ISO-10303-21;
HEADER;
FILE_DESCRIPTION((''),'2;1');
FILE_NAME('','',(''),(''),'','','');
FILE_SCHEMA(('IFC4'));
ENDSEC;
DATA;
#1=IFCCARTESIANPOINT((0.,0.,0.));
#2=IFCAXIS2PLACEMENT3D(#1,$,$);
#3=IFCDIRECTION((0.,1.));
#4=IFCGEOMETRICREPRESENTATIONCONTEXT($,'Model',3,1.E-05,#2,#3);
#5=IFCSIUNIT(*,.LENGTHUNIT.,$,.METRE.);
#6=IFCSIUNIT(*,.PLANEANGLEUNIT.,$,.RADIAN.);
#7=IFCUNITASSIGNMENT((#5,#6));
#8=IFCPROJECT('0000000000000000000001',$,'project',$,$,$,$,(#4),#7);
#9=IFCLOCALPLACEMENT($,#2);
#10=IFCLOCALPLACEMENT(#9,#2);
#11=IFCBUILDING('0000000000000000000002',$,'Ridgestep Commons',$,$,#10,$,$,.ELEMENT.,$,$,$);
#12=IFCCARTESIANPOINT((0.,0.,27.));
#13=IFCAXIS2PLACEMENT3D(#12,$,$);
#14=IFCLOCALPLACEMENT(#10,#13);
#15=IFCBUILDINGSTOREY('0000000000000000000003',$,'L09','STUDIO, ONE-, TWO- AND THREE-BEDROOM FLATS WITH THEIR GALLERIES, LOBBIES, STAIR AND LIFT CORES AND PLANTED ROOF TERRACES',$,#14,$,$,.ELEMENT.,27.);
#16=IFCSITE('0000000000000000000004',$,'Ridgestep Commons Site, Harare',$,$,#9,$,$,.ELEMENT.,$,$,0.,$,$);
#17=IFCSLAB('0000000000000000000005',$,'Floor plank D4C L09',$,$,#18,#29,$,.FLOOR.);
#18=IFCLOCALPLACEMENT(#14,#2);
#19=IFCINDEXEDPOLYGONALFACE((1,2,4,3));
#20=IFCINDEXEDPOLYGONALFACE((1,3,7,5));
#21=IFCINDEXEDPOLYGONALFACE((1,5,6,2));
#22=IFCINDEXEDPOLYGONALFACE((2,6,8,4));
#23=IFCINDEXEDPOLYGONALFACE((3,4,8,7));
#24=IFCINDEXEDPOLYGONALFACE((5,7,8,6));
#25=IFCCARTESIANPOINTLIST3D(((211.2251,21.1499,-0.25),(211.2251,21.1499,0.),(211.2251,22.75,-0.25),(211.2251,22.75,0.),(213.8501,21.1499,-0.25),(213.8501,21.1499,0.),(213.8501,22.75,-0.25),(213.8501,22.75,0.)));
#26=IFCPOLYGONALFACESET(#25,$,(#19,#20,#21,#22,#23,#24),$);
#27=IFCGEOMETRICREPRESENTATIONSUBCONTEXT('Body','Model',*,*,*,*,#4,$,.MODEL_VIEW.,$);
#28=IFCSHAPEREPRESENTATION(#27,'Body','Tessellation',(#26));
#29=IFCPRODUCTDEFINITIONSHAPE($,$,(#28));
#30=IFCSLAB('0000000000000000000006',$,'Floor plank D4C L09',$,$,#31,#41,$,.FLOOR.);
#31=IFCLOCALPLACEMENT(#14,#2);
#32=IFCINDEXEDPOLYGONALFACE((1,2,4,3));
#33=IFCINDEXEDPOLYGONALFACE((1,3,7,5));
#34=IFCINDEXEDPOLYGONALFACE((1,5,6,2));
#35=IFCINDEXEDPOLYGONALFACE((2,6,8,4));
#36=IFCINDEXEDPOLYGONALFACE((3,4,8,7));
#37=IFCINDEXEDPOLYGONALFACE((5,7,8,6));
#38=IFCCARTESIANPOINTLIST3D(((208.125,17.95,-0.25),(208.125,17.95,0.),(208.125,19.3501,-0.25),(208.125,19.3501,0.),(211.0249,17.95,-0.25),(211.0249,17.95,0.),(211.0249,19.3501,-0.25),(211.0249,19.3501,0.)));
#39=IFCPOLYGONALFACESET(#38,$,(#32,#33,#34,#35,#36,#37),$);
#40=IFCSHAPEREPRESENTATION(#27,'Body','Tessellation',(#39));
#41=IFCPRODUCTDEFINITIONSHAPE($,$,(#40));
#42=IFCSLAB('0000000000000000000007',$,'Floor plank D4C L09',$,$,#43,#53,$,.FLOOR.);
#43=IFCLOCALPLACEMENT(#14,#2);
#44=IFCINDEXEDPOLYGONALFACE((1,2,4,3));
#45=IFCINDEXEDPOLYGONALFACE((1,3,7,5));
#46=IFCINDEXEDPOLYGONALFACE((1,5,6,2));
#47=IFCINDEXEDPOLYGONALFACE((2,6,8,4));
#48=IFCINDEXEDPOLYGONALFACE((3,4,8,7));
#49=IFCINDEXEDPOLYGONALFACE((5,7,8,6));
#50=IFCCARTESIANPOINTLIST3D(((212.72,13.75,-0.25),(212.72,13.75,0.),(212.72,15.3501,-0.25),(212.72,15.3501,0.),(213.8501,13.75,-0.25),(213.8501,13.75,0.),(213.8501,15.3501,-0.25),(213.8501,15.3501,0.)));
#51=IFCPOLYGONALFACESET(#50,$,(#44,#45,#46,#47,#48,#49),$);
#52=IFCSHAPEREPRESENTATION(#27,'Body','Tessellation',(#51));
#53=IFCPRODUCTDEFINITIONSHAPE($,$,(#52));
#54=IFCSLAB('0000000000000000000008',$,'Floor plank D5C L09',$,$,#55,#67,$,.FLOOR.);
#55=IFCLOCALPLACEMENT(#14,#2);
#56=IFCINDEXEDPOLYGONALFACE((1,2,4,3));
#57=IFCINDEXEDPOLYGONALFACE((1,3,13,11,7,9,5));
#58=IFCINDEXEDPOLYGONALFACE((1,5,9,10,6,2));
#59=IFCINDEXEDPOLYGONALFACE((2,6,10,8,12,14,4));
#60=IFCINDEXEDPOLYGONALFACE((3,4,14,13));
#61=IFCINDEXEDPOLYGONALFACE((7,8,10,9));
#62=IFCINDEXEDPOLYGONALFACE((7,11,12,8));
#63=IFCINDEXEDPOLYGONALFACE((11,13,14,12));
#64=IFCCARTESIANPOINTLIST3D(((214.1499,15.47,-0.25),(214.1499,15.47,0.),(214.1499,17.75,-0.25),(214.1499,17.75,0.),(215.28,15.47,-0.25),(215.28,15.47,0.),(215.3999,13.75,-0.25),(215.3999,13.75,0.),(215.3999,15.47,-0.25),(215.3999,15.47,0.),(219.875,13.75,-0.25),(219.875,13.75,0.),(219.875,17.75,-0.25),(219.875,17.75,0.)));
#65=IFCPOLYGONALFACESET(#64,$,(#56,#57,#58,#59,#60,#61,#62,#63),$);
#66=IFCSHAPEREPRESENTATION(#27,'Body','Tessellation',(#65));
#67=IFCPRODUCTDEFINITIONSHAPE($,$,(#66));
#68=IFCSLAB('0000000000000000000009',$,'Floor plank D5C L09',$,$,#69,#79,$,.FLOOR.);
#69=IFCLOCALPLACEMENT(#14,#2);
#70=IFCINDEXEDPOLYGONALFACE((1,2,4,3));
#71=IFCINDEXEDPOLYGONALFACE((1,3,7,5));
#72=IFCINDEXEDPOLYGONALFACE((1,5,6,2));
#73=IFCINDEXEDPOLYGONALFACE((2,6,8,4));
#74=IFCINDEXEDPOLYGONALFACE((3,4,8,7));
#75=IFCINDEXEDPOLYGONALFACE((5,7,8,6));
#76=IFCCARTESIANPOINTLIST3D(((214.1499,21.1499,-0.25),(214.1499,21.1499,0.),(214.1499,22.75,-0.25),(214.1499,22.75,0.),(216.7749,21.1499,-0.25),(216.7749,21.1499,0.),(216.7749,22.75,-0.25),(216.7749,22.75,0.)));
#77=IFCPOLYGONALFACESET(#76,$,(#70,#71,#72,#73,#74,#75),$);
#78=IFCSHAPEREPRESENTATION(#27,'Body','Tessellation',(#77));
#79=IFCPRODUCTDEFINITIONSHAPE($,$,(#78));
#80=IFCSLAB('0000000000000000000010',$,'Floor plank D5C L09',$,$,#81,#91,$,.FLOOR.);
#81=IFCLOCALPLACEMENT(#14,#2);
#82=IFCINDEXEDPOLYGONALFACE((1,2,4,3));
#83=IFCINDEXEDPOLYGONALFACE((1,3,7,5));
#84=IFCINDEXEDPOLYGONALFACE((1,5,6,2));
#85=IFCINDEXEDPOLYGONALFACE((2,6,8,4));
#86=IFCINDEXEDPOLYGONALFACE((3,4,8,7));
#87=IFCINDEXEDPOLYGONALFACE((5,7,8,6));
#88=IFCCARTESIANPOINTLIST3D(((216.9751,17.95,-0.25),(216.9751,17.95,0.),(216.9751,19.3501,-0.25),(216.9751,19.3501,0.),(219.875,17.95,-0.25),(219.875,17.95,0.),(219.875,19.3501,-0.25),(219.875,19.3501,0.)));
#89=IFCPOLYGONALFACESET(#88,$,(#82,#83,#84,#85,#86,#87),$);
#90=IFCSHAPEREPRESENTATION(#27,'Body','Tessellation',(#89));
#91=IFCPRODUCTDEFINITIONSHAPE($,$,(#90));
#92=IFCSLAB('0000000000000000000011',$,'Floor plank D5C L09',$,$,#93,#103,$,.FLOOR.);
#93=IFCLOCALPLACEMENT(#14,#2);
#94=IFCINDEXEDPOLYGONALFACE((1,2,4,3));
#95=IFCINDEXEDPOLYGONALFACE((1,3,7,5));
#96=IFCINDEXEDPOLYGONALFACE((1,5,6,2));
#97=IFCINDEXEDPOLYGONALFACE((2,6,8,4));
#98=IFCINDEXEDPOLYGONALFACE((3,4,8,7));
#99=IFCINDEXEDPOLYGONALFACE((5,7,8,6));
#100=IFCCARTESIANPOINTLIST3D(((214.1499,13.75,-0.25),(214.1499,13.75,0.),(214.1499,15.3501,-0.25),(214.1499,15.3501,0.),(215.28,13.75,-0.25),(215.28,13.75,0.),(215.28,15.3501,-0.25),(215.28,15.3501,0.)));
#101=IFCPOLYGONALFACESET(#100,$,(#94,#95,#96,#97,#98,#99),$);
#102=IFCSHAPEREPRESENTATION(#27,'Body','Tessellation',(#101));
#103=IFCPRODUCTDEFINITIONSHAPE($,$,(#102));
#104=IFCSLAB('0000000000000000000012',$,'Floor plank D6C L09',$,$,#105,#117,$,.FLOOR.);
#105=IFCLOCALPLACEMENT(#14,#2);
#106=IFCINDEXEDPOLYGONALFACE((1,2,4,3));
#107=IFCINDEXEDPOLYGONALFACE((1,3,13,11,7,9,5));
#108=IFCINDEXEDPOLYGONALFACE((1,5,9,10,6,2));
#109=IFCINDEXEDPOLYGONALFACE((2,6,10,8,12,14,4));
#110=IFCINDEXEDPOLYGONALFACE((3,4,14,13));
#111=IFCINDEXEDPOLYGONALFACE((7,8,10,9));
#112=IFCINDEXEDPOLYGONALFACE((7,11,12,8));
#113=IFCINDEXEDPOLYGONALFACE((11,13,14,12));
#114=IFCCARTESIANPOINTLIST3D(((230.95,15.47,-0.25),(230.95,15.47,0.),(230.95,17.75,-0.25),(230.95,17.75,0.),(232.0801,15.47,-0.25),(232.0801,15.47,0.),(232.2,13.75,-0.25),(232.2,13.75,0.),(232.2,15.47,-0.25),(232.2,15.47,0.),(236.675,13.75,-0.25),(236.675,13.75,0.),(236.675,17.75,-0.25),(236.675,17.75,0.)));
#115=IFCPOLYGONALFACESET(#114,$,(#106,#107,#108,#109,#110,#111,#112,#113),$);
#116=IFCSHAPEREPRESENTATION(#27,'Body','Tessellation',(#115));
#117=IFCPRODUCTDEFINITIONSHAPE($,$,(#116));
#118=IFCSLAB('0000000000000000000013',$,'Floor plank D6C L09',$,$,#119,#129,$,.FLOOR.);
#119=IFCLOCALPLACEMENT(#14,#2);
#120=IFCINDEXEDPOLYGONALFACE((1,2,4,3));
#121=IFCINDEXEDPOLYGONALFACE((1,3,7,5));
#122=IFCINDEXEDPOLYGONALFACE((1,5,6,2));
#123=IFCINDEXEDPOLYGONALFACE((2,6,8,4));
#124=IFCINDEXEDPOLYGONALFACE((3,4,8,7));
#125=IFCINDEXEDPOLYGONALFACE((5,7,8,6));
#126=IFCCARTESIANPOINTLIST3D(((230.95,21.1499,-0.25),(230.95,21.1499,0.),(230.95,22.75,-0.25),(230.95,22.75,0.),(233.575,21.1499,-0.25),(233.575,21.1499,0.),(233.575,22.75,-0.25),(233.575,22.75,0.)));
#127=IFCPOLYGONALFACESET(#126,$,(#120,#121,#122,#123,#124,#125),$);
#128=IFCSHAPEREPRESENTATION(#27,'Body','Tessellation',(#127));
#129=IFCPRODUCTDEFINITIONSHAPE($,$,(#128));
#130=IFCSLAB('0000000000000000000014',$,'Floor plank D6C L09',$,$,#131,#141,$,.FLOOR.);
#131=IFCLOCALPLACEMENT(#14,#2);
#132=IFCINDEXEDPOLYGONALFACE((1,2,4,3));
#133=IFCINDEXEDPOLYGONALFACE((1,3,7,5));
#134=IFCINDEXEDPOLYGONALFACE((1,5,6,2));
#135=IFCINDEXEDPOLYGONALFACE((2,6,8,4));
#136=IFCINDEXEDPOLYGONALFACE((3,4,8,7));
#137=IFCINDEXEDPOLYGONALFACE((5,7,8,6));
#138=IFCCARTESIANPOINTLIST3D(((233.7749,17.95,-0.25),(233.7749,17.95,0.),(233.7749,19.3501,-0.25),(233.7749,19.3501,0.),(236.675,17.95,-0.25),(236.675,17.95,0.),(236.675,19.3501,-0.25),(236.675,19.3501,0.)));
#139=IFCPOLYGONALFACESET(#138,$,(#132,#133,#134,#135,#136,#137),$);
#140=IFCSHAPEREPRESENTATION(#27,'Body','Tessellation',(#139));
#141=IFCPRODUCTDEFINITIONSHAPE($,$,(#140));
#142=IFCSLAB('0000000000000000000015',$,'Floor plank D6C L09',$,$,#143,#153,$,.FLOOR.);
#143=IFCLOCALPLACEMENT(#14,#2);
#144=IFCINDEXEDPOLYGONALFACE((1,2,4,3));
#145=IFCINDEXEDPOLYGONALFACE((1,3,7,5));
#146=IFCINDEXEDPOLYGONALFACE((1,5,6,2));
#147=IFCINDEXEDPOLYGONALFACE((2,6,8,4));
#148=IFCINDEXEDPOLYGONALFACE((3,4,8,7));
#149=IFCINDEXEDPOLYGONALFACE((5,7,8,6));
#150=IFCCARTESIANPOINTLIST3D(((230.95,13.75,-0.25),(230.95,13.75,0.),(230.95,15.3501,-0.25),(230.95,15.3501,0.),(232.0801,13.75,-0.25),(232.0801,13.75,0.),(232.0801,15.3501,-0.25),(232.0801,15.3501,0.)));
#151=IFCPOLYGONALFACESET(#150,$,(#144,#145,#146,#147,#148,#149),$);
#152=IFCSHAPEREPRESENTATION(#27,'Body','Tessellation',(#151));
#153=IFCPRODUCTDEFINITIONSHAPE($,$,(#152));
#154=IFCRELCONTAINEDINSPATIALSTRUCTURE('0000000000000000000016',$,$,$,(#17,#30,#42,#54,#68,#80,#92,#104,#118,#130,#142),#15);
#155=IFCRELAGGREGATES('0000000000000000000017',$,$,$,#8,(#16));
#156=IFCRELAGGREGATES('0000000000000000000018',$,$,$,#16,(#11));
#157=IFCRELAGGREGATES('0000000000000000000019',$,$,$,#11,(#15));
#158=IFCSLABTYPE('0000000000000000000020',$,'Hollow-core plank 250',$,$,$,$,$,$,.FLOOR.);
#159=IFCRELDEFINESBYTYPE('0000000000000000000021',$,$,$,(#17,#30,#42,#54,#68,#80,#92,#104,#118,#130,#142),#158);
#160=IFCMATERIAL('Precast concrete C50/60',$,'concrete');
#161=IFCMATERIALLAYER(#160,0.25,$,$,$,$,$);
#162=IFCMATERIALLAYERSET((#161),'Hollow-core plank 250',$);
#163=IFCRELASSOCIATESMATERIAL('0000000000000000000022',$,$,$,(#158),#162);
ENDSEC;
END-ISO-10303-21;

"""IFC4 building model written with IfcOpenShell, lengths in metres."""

from ifc_helpers import new_model, si_unit, direction, frame, origin, place, context, subcontext, project, spatial, polyline, outline, extrude, material, layer, layer_set, type_object, element, save


model = new_model("IFC4")

# Units and contexts
model_context = context("Model", 3, precision=1e-05, world=origin(), true_north=direction((0.0, 1.0)))
body_context = subcontext(model_context, "Body", "Model", "MODEL_VIEW")
ifc_project = project(units=[si_unit("LENGTHUNIT", "METRE"), si_unit("PLANEANGLEUNIT", "RADIAN")], contexts=[model_context])

# Site, building, storey
site_placement = place(None, origin())
site = spatial("IfcSite", under=ifc_project, at=site_placement, Name="Ridgestep Commons Site, Harare", CompositionType="ELEMENT", RefElevation=0.0)
building_placement = place(site_placement, origin())
building = spatial("IfcBuilding", under=site, at=building_placement, Name="Ridgestep Commons", CompositionType="ELEMENT")
storey_placement = place(building_placement, frame((0.0, 0.0, 27.0)))
storey = spatial("IfcBuildingStorey", under=building, at=storey_placement, Name="L09", Description="STUDIO, ONE-, TWO- AND THREE-BEDROOM FLATS WITH THEIR GALLERIES, LOBBIES, STAIR AND LIFT CORES AND PLANTED ROOF TERRACES", CompositionType="ELEMENT", Elevation=27.0)

# Slabs
ifc_material_1 = material(Name="Precast concrete C50/60", Category="concrete")
ifc_layer_1 = layer(ifc_material_1, 0.25)
ifc_layer_set_1 = layer_set([ifc_layer_1], Name="Hollow-core plank 250")
slab_type_1 = type_object("IfcSlabType", Name="Hollow-core plank 250", PredefinedType="FLOOR", material=ifc_layer_set_1)
slab_1_placement = place(storey_placement, frame((0.0, 0.0, -0.25)))
element("IfcSlab", 1, at=slab_1_placement, inside=storey, type_object=slab_type_1, Name="Floor plank D4C L09", PredefinedType="FLOOR", context=body_context, shape_type="SweptSolid", body=[
    extrude(outline(polyline([(213.8501, 21.1499), (213.8501, 22.75), (211.2251, 22.75), (211.2251, 21.1499), (213.8501, 21.1499)])), origin(), (0.0, 0.0, 1.0), 0.25),
])
slab_2_placement = place(storey_placement, frame((0.0, 0.0, -0.25)))
element("IfcSlab", 2, at=slab_2_placement, inside=storey, type_object=slab_type_1, Name="Floor plank D4C L09", PredefinedType="FLOOR", context=body_context, shape_type="SweptSolid", body=[
    extrude(outline(polyline([(211.0249, 17.95), (211.0249, 19.3501), (208.125, 19.3501), (208.125, 17.95), (211.0249, 17.95)])), origin(), (0.0, 0.0, 1.0), 0.25),
])
slab_3_placement = place(storey_placement, frame((0.0, 0.0, -0.25)))
element("IfcSlab", 3, at=slab_3_placement, inside=storey, type_object=slab_type_1, Name="Floor plank D4C L09", PredefinedType="FLOOR", context=body_context, shape_type="SweptSolid", body=[
    extrude(outline(polyline([(212.72, 13.75), (213.8501, 13.75), (213.8501, 15.3501), (212.72, 15.3501), (212.72, 13.75)])), origin(), (0.0, 0.0, 1.0), 0.25),
])
slab_4_placement = place(storey_placement, frame((0.0, 0.0, -0.25)))
element("IfcSlab", 4, at=slab_4_placement, inside=storey, type_object=slab_type_1, Name="Floor plank D5C L09", PredefinedType="FLOOR", context=body_context, shape_type="SweptSolid", body=[
    extrude(outline(polyline([(215.3999, 13.75), (219.875, 13.75), (219.875, 17.75), (214.1499, 17.75), (214.1499, 15.47), (215.28, 15.47), (215.3999, 15.47), (215.3999, 13.75)])), origin(), (0.0, 0.0, 1.0), 0.25),
])
slab_5_placement = place(storey_placement, frame((0.0, 0.0, -0.25)))
element("IfcSlab", 5, at=slab_5_placement, inside=storey, type_object=slab_type_1, Name="Floor plank D5C L09", PredefinedType="FLOOR", context=body_context, shape_type="SweptSolid", body=[
    extrude(outline(polyline([(216.7749, 22.75), (214.1499, 22.75), (214.1499, 21.1499), (216.7749, 21.1499), (216.7749, 22.75)])), origin(), (0.0, 0.0, 1.0), 0.25),
])
slab_6_placement = place(storey_placement, frame((0.0, 0.0, -0.25)))
element("IfcSlab", 6, at=slab_6_placement, inside=storey, type_object=slab_type_1, Name="Floor plank D5C L09", PredefinedType="FLOOR", context=body_context, shape_type="SweptSolid", body=[
    extrude(outline(polyline([(219.875, 17.95), (219.875, 19.3501), (216.9751, 19.3501), (216.9751, 17.95), (219.875, 17.95)])), origin(), (0.0, 0.0, 1.0), 0.25),
])
slab_7_placement = place(storey_placement, frame((0.0, 0.0, -0.25)))
element("IfcSlab", 7, at=slab_7_placement, inside=storey, type_object=slab_type_1, Name="Floor plank D5C L09", PredefinedType="FLOOR", context=body_context, shape_type="SweptSolid", body=[
    extrude(outline(polyline([(215.28, 15.3501), (214.1499, 15.3501), (214.1499, 13.75), (215.28, 13.75), (215.28, 15.3501)])), origin(), (0.0, 0.0, 1.0), 0.25),
])
slab_8_placement = place(storey_placement, frame((0.0, 0.0, -0.25)))
element("IfcSlab", 8, at=slab_8_placement, inside=storey, type_object=slab_type_1, Name="Floor plank D6C L09", PredefinedType="FLOOR", context=body_context, shape_type="SweptSolid", body=[
    extrude(outline(polyline([(232.2, 13.75), (236.675, 13.75), (236.675, 17.75), (230.95, 17.75), (230.95, 15.47), (232.0801, 15.47), (232.2, 15.47), (232.2, 13.75)])), origin(), (0.0, 0.0, 1.0), 0.25),
])
slab_9_placement = place(storey_placement, frame((0.0, 0.0, -0.25)))
element("IfcSlab", 9, at=slab_9_placement, inside=storey, type_object=slab_type_1, Name="Floor plank D6C L09", PredefinedType="FLOOR", context=body_context, shape_type="SweptSolid", body=[
    extrude(outline(polyline([(233.575, 22.75), (230.95, 22.75), (230.95, 21.1499), (233.575, 21.1499), (233.575, 22.75)])), origin(), (0.0, 0.0, 1.0), 0.25),
])
slab_10_placement = place(storey_placement, frame((0.0, 0.0, -0.25)))
element("IfcSlab", 10, at=slab_10_placement, inside=storey, type_object=slab_type_1, Name="Floor plank D6C L09", PredefinedType="FLOOR", context=body_context, shape_type="SweptSolid", body=[
    extrude(outline(polyline([(236.675, 17.95), (236.675, 19.3501), (233.7749, 19.3501), (233.7749, 17.95), (236.675, 17.95)])), origin(), (0.0, 0.0, 1.0), 0.25),
])
slab_11_placement = place(storey_placement, frame((0.0, 0.0, -0.25)))
element("IfcSlab", 11, at=slab_11_placement, inside=storey, type_object=slab_type_1, Name="Floor plank D6C L09", PredefinedType="FLOOR", context=body_context, shape_type="SweptSolid", body=[
    extrude(outline(polyline([(232.0801, 15.3501), (230.95, 15.3501), (230.95, 13.75), (232.0801, 13.75), (232.0801, 15.3501)])), origin(), (0.0, 0.0, 1.0), 0.25),
])

save(model, "model.ifc")
